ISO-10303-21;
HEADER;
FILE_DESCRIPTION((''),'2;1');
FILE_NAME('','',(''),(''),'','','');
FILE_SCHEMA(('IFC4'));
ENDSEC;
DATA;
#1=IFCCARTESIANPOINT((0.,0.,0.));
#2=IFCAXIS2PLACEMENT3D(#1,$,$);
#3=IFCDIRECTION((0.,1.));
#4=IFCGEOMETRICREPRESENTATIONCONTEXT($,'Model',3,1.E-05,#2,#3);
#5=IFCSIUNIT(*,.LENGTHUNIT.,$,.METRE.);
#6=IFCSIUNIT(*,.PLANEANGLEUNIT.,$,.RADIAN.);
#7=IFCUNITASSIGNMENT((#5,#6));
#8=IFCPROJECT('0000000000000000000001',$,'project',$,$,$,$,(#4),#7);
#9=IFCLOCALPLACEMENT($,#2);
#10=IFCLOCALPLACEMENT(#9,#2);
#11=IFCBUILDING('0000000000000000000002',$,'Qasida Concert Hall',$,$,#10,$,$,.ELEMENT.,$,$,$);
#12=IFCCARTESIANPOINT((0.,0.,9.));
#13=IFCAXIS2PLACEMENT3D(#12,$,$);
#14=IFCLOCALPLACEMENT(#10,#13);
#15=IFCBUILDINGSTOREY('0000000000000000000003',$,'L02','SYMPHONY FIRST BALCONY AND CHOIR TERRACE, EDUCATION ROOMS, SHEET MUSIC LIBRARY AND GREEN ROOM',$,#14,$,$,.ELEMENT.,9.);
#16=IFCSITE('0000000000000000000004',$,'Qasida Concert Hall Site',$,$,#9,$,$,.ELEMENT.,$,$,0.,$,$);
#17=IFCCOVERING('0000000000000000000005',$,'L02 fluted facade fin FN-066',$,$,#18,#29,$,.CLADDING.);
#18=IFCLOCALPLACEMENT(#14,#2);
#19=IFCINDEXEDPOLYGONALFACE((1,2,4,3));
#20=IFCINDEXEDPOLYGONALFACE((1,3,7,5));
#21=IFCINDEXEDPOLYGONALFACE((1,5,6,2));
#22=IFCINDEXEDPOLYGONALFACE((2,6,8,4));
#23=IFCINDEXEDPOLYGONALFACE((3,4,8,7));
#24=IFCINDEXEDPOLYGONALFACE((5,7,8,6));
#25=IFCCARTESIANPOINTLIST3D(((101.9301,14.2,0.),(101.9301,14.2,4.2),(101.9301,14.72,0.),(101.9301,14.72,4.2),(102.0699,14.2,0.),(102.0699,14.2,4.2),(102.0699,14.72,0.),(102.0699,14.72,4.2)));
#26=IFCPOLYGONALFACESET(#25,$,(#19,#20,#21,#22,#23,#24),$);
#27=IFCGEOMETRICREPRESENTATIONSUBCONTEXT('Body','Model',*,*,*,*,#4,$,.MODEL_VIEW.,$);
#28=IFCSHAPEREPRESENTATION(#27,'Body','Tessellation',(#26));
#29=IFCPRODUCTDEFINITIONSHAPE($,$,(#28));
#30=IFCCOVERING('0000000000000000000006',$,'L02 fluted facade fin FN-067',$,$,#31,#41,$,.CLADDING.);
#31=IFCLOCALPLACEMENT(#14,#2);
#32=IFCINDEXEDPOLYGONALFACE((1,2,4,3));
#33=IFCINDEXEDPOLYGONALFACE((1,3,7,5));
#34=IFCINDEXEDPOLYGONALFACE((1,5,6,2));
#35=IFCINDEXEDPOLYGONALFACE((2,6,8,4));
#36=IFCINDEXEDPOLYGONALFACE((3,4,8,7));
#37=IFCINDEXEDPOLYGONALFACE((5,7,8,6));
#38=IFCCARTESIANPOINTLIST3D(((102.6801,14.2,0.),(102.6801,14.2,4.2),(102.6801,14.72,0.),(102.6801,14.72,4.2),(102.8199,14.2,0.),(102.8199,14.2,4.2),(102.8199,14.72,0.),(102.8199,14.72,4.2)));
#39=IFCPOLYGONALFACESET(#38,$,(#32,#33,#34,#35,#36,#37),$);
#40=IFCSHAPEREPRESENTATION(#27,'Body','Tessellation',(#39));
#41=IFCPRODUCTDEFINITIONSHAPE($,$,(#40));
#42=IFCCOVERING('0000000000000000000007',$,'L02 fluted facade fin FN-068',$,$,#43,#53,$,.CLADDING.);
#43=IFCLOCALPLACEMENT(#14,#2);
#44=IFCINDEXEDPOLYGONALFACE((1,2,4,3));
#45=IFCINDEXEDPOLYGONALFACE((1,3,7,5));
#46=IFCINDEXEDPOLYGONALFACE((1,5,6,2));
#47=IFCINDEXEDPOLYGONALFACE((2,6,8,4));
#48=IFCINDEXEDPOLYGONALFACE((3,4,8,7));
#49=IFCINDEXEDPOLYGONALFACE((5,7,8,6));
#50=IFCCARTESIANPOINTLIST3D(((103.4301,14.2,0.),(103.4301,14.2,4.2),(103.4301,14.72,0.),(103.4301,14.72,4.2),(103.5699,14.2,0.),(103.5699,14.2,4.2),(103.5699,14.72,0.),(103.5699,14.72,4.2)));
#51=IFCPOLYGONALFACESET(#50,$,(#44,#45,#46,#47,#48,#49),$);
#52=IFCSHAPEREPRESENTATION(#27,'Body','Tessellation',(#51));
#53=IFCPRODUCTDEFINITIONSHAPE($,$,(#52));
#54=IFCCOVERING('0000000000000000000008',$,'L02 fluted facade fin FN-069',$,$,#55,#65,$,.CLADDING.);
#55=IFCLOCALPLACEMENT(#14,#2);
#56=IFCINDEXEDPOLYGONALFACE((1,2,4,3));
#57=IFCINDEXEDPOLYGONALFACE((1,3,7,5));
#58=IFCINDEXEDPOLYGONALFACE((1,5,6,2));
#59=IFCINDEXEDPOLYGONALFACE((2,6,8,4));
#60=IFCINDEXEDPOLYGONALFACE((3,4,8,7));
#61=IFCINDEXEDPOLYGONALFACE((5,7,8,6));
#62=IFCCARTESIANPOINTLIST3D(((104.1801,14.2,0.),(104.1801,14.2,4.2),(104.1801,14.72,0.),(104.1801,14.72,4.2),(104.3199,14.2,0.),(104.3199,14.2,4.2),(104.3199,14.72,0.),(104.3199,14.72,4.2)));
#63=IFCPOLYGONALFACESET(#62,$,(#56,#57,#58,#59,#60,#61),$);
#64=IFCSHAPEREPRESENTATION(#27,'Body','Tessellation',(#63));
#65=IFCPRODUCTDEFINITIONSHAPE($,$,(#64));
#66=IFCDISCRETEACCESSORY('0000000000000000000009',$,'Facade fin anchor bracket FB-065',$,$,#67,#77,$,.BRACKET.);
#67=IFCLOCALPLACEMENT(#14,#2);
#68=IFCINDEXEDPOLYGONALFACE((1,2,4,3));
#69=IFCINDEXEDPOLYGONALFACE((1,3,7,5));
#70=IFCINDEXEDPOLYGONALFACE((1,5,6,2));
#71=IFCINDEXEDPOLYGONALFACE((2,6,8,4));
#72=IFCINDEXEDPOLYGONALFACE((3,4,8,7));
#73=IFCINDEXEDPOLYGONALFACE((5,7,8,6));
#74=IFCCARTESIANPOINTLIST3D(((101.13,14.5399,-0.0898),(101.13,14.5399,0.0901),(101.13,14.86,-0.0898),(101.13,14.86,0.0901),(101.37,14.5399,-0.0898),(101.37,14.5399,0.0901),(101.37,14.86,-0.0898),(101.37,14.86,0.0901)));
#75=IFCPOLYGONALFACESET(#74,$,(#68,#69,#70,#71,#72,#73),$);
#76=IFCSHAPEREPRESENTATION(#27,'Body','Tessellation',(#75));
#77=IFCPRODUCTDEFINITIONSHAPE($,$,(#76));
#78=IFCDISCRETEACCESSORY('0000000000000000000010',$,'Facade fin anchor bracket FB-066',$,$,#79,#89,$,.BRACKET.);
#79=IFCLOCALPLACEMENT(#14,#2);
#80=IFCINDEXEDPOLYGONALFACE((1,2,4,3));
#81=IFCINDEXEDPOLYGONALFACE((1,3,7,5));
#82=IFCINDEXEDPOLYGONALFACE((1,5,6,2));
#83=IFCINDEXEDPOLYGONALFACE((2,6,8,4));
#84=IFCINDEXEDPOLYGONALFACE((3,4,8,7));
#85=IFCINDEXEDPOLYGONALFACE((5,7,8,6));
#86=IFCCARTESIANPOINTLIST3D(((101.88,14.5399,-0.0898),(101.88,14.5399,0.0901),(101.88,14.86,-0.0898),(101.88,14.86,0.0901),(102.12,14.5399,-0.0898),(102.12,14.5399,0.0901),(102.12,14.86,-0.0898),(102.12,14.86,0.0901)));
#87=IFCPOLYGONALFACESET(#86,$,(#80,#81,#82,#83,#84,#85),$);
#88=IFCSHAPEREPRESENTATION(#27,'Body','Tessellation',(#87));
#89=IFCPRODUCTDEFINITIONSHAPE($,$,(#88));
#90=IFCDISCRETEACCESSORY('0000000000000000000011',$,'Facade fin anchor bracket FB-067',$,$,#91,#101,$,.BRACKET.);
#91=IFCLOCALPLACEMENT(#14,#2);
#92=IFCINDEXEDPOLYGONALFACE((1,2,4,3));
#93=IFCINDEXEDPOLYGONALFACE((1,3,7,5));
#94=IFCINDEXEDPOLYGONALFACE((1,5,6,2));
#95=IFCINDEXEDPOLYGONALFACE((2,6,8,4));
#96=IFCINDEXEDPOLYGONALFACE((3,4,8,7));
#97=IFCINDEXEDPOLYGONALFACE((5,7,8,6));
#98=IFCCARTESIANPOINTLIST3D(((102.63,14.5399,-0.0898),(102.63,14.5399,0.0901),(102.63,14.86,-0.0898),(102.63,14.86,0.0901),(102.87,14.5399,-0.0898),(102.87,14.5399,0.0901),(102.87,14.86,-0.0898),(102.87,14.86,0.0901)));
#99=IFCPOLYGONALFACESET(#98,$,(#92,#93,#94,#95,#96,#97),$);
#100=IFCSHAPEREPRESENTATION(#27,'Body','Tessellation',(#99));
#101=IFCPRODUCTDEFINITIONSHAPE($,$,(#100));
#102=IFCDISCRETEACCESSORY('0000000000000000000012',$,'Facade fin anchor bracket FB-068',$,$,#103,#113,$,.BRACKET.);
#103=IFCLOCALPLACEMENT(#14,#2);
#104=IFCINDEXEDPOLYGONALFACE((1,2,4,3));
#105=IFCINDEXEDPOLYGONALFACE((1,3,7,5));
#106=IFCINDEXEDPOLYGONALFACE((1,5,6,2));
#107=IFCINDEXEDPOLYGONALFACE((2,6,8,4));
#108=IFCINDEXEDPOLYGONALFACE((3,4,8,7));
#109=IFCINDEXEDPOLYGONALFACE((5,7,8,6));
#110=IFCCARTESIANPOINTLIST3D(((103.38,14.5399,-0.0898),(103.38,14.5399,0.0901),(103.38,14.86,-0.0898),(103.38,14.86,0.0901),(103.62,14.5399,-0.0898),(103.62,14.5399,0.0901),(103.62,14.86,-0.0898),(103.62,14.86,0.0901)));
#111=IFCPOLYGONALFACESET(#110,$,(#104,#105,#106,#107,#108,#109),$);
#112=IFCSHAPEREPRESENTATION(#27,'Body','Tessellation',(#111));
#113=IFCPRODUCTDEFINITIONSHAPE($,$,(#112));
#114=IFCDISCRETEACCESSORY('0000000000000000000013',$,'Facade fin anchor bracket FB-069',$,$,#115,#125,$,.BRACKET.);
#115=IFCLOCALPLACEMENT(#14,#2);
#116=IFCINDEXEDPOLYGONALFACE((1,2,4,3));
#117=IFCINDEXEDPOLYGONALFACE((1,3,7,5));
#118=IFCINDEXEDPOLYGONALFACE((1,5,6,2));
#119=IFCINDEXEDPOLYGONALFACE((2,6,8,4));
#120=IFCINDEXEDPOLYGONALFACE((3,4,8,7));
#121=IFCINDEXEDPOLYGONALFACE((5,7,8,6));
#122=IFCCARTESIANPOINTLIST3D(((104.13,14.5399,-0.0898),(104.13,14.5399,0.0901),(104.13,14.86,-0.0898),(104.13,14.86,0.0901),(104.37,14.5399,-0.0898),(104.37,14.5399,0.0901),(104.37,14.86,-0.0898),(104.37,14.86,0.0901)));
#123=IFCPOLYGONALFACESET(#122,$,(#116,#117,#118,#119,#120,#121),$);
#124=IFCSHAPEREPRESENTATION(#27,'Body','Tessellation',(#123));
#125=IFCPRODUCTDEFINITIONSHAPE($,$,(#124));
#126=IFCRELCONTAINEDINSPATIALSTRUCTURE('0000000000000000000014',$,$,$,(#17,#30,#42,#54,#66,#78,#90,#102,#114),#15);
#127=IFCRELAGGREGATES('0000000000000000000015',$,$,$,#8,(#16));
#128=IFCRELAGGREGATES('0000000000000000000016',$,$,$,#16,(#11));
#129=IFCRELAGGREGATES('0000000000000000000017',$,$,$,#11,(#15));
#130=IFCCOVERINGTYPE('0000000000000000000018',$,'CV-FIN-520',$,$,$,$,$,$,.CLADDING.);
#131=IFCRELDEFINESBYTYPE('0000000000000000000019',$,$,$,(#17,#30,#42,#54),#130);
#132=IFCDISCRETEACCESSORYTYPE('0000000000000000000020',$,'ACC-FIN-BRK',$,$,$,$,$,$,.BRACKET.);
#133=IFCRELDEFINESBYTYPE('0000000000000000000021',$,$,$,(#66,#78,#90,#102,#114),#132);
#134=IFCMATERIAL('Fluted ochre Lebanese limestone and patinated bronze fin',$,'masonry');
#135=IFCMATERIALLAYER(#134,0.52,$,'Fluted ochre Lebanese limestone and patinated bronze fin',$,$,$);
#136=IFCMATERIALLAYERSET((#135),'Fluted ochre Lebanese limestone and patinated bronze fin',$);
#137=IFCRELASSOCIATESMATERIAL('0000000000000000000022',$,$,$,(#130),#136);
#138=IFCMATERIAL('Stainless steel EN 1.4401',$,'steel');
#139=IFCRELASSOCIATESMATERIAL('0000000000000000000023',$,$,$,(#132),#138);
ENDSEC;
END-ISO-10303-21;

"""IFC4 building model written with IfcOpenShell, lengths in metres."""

from ifc_helpers import new_model, si_unit, direction, frame, origin, origin_2d, place, context, subcontext, project, spatial, rectangle, extrude, material, layer, layer_set, type_object, element, save


model = new_model("IFC4")

# Units and contexts
model_context = context("Model", 3, precision=1e-05, world=origin(), true_north=direction((0.0, 1.0)))
body_context = subcontext(model_context, "Body", "Model", "MODEL_VIEW")
ifc_project = project(units=[si_unit("LENGTHUNIT", "METRE"), si_unit("PLANEANGLEUNIT", "RADIAN")], contexts=[model_context])

# Site, building, storey
site_placement = place(None, origin())
site = spatial("IfcSite", under=ifc_project, at=site_placement, Name="Qasida Concert Hall Site", CompositionType="ELEMENT", RefElevation=0.0)
building_placement = place(site_placement, origin())
building = spatial("IfcBuilding", under=site, at=building_placement, Name="Qasida Concert Hall", CompositionType="ELEMENT")
storey_placement = place(building_placement, frame((0.0, 0.0, 9.0)))
storey = spatial("IfcBuildingStorey", under=building, at=storey_placement, Name="L02", Description="SYMPHONY FIRST BALCONY AND CHOIR TERRACE, EDUCATION ROOMS, SHEET MUSIC LIBRARY AND GREEN ROOM", CompositionType="ELEMENT", Elevation=9.0)

# Coverings
ifc_material_1 = material(Name="Fluted ochre Lebanese limestone and patinated bronze fin", Category="masonry")
ifc_layer_1 = layer(ifc_material_1, 0.52, Name="Fluted ochre Lebanese limestone and patinated bronze fin")
ifc_layer_set_1 = layer_set([ifc_layer_1], Name="Fluted ochre Lebanese limestone and patinated bronze fin")
covering_type = type_object("IfcCoveringType", Name="CV-FIN-520", PredefinedType="CLADDING", material=ifc_layer_set_1)
for number, where, z_axis, x_axis, name in (
    (1, (102.0, 14.46, 0.0), (0.0, 0.0, 1.0), (1.0, 0.0, 0.0), "L02 fluted facade fin FN-066"),
    (2, (102.75, 14.46, 0.0), (0.0, 0.0, 1.0), (1.0, 0.0, 0.0), "L02 fluted facade fin FN-067"),
    (3, (103.5, 14.46, 0.0), (0.0, 0.0, 1.0), (1.0, 0.0, 0.0), "L02 fluted facade fin FN-068"),
    (4, (104.25, 14.46, 0.0), (0.0, 0.0, 1.0), (1.0, 0.0, 0.0), "L02 fluted facade fin FN-069"),
):
    element("IfcCovering", number, at=place(storey_placement, frame(where, z_axis=z_axis, x_axis=x_axis)), inside=storey, type_object=covering_type, Name=name, PredefinedType="CLADDING", context=body_context, shape_type="SweptSolid", body=[
        extrude(rectangle(XDim=0.1399, YDim=0.52, at=origin_2d()), origin(), (0.0, 0.0, 1.0), 4.2),
    ])

# Discrete accessories
ifc_material_2 = material(Name="Stainless steel EN 1.4401", Category="steel")
discrete_accessory_type = type_object("IfcDiscreteAccessoryType", Name="ACC-FIN-BRK", PredefinedType="BRACKET", material=ifc_material_2)
for number, where, z_axis, x_axis, name in (
    (5, (101.25, 14.7, -0.0898), (0.0, 0.0, 1.0), (1.0, 0.0, 0.0), "Facade fin anchor bracket FB-065"),
    (6, (102.0, 14.7, -0.0898), (0.0, 0.0, 1.0), (1.0, 0.0, 0.0), "Facade fin anchor bracket FB-066"),
    (7, (102.75, 14.7, -0.0898), (0.0, 0.0, 1.0), (1.0, 0.0, 0.0), "Facade fin anchor bracket FB-067"),
    (8, (103.5, 14.7, -0.0898), (0.0, 0.0, 1.0), (1.0, 0.0, 0.0), "Facade fin anchor bracket FB-068"),
    (9, (104.25, 14.7, -0.0898), (0.0, 0.0, 1.0), (1.0, 0.0, 0.0), "Facade fin anchor bracket FB-069"),
):
    element("IfcDiscreteAccessory", number, at=place(storey_placement, frame(where, z_axis=z_axis, x_axis=x_axis)), inside=storey, type_object=discrete_accessory_type, Name=name, PredefinedType="BRACKET", context=body_context, shape_type="SweptSolid", body=[
        extrude(rectangle(XDim=0.24, YDim=0.3201, at=origin_2d()), origin(), (0.0, 0.0, 1.0), 0.1799),
    ])

save(model, "model.ifc")
